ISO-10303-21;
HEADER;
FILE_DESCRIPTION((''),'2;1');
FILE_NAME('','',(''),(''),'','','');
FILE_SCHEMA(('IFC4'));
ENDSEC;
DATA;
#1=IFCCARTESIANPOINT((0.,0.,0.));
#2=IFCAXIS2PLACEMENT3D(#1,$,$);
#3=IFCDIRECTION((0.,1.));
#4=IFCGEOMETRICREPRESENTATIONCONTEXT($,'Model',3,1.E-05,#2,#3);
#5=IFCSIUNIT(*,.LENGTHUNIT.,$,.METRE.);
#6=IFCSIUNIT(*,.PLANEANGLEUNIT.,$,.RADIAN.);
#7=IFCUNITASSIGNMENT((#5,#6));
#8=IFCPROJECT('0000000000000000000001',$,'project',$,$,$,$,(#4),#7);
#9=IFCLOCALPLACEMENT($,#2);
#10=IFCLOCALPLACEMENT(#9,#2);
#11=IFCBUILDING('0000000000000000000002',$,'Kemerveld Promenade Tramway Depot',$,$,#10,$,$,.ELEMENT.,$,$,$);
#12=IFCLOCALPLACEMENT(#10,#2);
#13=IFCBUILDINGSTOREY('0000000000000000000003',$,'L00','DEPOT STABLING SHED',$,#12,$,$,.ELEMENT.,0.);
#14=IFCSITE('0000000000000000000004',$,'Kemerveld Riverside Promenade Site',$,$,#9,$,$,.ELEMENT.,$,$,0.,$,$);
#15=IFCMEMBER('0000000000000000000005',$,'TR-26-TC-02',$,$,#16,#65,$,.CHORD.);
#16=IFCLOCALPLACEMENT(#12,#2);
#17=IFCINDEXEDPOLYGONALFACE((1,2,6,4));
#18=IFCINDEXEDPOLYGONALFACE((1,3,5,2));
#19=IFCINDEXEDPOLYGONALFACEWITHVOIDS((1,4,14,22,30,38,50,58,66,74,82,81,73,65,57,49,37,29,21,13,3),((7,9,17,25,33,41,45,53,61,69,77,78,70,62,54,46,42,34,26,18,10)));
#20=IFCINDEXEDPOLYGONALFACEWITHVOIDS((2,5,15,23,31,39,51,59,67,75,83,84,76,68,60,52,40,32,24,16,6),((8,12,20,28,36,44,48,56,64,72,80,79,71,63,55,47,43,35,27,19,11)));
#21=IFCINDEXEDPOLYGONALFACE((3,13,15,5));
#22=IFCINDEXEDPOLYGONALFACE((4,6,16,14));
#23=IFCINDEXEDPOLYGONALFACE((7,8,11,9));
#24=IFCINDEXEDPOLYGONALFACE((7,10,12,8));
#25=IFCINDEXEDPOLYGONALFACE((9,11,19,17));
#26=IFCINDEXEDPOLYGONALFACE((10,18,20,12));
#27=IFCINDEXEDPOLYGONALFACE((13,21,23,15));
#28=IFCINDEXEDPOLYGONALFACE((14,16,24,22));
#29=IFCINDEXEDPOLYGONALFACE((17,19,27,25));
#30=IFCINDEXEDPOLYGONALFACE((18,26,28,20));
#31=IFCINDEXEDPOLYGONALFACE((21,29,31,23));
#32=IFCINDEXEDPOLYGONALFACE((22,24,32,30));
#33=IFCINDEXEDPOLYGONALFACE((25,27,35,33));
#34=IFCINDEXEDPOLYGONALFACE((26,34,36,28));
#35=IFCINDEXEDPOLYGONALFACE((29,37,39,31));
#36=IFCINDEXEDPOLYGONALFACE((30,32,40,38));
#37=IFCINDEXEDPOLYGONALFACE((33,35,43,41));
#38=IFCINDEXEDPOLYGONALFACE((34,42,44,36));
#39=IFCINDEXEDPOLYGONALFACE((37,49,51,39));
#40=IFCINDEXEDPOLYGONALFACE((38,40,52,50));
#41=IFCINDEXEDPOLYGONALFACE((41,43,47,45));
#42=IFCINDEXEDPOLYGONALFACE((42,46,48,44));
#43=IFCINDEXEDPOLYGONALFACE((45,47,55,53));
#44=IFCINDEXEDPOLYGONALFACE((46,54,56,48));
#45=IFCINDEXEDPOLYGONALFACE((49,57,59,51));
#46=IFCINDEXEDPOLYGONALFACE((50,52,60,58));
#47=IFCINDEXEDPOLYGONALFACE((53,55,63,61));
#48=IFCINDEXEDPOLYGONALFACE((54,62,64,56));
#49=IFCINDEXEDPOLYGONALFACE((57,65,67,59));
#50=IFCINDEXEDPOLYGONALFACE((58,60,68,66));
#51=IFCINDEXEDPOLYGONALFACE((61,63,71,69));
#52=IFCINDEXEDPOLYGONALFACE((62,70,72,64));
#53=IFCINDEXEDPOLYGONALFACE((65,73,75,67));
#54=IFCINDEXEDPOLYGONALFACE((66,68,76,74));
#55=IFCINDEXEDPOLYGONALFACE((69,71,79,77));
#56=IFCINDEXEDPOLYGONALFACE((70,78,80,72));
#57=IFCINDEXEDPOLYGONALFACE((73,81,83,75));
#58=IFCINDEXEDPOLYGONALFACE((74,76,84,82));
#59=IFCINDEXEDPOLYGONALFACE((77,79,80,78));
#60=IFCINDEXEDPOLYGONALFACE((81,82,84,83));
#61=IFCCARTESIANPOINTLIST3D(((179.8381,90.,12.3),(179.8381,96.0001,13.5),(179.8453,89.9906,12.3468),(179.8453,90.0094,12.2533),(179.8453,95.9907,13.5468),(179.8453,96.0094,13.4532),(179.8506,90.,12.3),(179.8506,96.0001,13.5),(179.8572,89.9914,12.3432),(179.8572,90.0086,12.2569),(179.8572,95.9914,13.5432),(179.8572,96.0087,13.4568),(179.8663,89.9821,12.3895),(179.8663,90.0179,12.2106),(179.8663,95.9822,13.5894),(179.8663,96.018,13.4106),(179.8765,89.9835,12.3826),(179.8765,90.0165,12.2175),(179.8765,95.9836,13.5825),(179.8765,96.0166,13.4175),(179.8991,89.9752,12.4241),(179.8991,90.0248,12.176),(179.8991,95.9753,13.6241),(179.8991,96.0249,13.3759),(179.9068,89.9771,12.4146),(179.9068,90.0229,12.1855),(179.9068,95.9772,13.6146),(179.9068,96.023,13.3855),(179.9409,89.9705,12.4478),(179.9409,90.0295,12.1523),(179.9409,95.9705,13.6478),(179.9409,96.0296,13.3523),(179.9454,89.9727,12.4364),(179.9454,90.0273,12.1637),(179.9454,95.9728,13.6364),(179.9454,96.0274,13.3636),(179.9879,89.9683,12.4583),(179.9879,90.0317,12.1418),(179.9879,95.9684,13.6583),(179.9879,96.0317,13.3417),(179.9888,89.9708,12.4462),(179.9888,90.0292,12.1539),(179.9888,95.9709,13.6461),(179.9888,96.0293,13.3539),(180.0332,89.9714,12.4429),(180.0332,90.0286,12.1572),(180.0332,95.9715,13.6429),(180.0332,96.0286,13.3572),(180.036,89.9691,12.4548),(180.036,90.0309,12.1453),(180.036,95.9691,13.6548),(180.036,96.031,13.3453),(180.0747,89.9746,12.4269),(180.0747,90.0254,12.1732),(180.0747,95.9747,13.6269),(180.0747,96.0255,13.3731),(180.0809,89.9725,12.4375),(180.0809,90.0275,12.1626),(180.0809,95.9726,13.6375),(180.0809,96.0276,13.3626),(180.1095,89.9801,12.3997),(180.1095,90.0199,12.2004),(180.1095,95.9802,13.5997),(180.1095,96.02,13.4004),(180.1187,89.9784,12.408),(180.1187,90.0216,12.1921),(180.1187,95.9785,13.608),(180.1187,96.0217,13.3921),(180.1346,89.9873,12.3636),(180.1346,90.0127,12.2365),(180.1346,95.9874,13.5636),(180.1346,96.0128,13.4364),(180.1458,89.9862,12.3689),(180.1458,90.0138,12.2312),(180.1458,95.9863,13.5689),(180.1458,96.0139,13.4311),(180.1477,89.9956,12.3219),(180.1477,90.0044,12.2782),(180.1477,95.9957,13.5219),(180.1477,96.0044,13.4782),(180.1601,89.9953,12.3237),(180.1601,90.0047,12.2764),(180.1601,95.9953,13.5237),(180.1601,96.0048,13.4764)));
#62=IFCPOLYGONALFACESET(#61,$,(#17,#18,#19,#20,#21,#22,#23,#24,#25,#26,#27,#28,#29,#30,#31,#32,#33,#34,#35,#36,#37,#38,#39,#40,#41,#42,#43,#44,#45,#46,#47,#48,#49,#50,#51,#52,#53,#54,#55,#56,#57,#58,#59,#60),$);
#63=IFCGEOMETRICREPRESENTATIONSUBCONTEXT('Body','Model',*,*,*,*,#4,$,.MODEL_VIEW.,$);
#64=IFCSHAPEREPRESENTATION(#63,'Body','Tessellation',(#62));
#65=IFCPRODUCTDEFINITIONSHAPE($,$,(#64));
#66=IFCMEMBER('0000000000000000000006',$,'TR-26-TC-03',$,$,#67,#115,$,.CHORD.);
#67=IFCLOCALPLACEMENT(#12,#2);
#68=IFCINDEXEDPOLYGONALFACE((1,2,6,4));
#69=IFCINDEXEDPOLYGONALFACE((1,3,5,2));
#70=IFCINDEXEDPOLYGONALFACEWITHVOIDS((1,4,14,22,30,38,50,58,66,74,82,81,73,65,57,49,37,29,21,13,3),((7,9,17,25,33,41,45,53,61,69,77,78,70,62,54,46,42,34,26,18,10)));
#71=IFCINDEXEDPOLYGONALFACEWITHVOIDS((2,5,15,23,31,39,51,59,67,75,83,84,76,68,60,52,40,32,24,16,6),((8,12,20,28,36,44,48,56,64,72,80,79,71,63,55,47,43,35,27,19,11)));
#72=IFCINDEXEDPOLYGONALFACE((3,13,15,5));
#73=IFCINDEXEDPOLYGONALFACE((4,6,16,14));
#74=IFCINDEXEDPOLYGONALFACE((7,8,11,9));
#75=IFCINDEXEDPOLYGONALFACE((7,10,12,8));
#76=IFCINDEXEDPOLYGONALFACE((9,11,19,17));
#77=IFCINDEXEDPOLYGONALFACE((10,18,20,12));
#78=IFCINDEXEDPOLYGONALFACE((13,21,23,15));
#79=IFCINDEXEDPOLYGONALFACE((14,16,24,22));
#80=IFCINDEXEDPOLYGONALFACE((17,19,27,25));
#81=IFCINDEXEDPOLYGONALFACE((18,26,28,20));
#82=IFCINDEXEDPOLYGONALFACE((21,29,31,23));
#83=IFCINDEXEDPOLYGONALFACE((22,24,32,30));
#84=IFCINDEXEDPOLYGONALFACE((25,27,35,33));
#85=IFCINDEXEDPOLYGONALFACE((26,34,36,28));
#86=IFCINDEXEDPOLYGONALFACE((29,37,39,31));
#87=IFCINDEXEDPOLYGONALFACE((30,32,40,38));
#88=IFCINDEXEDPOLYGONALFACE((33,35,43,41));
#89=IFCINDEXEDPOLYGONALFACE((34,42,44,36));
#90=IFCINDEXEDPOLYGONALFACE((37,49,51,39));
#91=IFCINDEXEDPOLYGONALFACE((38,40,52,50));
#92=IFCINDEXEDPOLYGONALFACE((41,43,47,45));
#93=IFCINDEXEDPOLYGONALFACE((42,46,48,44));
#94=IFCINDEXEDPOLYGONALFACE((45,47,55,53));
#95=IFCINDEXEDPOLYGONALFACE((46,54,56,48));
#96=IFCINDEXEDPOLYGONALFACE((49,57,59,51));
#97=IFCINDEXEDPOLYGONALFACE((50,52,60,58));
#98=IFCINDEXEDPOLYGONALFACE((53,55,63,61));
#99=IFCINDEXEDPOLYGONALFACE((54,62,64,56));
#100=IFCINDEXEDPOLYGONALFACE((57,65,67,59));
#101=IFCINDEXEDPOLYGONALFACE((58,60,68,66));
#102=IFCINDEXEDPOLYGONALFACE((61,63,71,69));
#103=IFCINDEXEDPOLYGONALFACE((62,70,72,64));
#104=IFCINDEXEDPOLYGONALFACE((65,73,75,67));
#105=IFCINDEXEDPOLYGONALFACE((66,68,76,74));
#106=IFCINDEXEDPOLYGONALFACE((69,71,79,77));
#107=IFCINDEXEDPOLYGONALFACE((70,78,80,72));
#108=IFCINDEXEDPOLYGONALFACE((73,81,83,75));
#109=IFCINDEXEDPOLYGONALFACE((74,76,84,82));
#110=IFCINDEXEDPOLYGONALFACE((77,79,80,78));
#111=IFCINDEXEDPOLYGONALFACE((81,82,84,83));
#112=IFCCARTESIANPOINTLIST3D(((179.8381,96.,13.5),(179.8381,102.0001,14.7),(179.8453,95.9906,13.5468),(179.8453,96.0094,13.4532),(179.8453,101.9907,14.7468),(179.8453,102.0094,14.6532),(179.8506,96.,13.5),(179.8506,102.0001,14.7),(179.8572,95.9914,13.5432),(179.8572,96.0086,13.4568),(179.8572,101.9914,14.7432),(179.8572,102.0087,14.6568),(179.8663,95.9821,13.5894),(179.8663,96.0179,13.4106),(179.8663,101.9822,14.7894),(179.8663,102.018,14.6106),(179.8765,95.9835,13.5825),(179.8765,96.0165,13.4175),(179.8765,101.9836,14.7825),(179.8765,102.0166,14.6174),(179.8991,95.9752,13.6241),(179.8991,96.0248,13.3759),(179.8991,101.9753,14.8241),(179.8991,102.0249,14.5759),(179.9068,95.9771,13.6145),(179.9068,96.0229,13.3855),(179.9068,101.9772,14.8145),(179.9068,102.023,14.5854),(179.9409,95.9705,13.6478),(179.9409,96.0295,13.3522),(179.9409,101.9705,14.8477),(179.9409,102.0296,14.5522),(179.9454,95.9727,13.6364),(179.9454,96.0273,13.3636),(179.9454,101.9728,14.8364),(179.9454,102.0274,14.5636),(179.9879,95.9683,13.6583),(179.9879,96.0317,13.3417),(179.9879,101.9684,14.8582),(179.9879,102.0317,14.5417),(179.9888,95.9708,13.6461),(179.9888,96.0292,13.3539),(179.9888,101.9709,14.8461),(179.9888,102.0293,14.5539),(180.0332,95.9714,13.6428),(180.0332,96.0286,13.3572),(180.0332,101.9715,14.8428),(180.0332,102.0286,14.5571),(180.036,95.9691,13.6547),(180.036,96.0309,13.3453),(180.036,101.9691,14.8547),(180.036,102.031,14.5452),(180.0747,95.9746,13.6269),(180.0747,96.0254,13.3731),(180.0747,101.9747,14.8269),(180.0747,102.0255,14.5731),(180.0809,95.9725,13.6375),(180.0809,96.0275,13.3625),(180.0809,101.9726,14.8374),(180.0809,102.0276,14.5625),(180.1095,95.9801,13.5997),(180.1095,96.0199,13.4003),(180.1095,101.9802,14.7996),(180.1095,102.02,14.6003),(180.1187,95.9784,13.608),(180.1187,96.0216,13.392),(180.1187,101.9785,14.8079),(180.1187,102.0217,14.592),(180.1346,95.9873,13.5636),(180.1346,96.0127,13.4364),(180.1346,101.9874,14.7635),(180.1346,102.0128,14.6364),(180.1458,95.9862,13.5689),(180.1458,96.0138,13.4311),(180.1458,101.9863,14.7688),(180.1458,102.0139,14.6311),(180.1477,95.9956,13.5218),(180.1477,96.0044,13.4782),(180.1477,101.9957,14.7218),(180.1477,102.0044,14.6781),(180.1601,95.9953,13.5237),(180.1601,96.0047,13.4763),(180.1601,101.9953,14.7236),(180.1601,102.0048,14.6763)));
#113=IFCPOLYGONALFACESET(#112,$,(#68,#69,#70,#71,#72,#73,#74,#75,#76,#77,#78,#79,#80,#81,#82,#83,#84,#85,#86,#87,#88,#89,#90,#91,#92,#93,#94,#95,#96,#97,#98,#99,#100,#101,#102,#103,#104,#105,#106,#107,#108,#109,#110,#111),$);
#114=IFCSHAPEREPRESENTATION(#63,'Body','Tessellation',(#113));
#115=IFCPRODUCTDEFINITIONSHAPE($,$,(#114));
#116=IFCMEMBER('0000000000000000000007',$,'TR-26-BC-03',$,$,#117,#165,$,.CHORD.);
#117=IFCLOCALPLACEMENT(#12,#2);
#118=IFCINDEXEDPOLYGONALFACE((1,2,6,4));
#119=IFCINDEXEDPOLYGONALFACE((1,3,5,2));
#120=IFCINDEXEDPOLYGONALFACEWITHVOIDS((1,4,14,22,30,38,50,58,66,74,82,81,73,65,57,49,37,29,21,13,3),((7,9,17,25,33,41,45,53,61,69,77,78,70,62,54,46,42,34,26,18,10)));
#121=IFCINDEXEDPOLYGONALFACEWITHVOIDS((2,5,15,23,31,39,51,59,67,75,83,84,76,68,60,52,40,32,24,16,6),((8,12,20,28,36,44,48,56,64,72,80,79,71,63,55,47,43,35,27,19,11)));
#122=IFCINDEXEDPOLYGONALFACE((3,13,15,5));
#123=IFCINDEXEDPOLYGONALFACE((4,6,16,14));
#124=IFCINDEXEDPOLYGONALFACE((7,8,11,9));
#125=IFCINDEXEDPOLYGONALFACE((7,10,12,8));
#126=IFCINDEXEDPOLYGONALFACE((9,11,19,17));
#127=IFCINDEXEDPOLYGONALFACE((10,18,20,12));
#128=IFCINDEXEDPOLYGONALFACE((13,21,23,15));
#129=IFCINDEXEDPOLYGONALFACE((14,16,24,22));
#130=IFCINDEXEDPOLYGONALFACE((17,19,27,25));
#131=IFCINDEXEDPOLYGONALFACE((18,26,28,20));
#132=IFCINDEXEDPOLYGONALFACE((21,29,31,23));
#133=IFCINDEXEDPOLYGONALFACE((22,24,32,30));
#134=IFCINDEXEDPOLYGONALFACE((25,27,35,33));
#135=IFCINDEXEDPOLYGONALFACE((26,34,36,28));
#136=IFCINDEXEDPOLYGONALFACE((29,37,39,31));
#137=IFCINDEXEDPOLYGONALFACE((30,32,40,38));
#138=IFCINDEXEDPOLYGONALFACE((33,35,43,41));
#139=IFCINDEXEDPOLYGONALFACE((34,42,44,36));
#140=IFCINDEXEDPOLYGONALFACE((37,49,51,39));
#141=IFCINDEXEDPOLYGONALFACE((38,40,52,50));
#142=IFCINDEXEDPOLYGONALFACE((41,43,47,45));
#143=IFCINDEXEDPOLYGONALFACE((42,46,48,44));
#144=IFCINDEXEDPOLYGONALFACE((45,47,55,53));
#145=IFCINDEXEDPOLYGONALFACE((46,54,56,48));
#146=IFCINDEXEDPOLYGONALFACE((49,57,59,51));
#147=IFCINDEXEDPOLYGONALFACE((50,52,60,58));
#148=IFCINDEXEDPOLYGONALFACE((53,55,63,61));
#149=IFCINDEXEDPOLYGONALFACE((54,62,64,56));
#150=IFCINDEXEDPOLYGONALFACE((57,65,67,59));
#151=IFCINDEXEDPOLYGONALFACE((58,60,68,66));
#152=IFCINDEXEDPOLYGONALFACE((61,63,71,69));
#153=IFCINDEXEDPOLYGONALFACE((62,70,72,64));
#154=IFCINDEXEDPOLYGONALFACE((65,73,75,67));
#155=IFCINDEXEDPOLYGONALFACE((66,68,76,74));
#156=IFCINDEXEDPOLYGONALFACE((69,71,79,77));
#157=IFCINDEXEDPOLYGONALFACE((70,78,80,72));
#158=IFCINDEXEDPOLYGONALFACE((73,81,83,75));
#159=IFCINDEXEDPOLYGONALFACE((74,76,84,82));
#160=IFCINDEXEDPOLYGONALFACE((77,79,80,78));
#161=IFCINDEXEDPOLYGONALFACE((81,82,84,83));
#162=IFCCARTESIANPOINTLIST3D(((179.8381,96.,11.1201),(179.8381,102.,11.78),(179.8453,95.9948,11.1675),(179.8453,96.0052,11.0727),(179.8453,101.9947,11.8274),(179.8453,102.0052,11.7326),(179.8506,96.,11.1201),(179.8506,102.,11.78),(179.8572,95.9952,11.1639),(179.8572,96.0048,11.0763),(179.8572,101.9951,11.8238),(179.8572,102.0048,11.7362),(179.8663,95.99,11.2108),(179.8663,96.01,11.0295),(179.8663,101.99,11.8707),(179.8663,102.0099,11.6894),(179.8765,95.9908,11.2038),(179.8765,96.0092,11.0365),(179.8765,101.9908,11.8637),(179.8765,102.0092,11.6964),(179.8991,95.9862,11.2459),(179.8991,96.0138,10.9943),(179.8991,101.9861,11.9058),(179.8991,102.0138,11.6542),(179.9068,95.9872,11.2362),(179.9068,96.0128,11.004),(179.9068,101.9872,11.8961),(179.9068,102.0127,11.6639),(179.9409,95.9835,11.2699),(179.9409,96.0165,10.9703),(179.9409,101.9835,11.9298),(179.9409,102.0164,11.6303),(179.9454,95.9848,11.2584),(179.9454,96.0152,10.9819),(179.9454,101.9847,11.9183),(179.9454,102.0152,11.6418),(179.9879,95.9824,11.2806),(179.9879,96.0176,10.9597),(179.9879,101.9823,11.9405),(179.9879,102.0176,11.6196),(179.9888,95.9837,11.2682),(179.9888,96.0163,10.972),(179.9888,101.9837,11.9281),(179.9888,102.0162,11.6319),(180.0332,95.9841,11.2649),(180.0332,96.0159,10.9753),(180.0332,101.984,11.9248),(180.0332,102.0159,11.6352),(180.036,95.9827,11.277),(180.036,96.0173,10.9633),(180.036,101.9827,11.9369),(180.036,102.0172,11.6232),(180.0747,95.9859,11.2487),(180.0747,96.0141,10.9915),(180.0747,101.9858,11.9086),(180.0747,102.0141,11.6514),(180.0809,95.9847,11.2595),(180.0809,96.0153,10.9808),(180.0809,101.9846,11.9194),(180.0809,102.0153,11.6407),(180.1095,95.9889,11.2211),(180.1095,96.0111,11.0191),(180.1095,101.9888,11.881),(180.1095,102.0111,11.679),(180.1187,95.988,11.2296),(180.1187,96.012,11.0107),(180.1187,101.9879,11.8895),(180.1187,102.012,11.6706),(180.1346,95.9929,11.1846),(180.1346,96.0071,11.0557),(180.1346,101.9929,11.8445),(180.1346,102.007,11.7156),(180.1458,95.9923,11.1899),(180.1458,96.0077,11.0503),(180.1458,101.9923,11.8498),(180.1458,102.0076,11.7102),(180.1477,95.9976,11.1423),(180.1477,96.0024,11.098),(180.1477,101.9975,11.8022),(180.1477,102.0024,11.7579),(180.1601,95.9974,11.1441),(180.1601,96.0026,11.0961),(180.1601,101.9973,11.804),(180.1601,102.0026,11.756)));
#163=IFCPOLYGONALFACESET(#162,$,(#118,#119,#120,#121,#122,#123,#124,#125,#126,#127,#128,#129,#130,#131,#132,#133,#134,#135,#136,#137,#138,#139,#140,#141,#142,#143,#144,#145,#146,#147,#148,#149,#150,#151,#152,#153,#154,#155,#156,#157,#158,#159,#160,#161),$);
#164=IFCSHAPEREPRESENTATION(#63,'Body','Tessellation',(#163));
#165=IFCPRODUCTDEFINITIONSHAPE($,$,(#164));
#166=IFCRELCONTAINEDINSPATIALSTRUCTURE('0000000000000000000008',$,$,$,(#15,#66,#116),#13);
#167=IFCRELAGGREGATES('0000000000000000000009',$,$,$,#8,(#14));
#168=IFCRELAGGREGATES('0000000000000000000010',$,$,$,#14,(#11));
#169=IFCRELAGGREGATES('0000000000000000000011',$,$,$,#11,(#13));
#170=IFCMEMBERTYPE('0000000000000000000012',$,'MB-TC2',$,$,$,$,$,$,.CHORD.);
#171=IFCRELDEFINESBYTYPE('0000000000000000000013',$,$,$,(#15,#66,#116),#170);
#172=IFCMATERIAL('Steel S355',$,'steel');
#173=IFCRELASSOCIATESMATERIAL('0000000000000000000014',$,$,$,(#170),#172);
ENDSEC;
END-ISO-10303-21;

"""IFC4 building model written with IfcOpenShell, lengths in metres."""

from ifc_helpers import new_model, si_unit, direction, frame, origin, origin_2d, place, context, subcontext, project, spatial, hollow_circle, extrude, material, material_profile, profile_set, type_object, element, save


model = new_model("IFC4")

# Units and contexts
model_context = context("Model", 3, precision=1e-05, world=origin(), true_north=direction((0.0, 1.0)))
body_context = subcontext(model_context, "Body", "Model", "MODEL_VIEW")
ifc_project = project(units=[si_unit("LENGTHUNIT", "METRE"), si_unit("PLANEANGLEUNIT", "RADIAN")], contexts=[model_context])

# Site, building, storey
site_placement = place(None, origin())
site = spatial("IfcSite", under=ifc_project, at=site_placement, Name="Kemerveld Riverside Promenade Site", CompositionType="ELEMENT", RefElevation=0.0)
building_placement = place(site_placement, origin())
building = spatial("IfcBuilding", under=site, at=building_placement, Name="Kemerveld Promenade Tramway Depot", CompositionType="ELEMENT")
storey_placement = place(building_placement, origin())
storey = spatial("IfcBuildingStorey", under=building, at=storey_placement, Name="L00", Description="DEPOT STABLING SHED", CompositionType="ELEMENT", Elevation=0.0)

# Shared definitions
ifc_material_1 = material(Name="Steel S355", Category="steel")

# Members
ifc_material_profile_1 = material_profile(ifc_material_1, hollow_circle(Radius=0.1619, WallThickness=0.0125, at=origin_2d()), Name="323.9x12.5 CHS")
ifc_profile_set_1 = profile_set([ifc_material_profile_1], Name="Steel S355")
member_type_1 = type_object("IfcMemberType", Name="MB-TC2", PredefinedType="CHORD", material=ifc_profile_set_1)
for number, where, z_axis, x_axis, name in (
    (1, (180.0, 90.0, 12.3), (0.0, 0.980582, 0.196108), (-1.0, 0.0, 0.0), "TR-26-TC-02"),
    (2, (180.0, 96.0, 13.5), (0.0, 0.980582, 0.196108), (-1.0, 0.0, 0.0), "TR-26-TC-03"),
):
    element("IfcMember", number, at=place(storey_placement, frame(where, z_axis=z_axis, x_axis=x_axis)), inside=storey, type_object=member_type_1, Name=name, PredefinedType="CHORD", context=body_context, shape_type="SweptSolid", body=[
        extrude(hollow_circle(Radius=0.1619, WallThickness=0.0125, at=origin_2d()), origin(), (0.0, 0.0, 1.0), 6.1189),
    ])
member_1_placement = place(storey_placement, frame((180.0, 96.0, 11.1201), z_axis=(0.0, 0.994006, 0.109326), x_axis=(-1.0, 0.0, 0.0)))
element("IfcMember", 3, at=member_1_placement, inside=storey, type_object=member_type_1, Name="TR-26-BC-03", PredefinedType="CHORD", context=body_context, shape_type="SweptSolid", body=[
    extrude(hollow_circle(Radius=0.1619, WallThickness=0.0125, at=origin_2d()), origin(), (0.0, 0.0, 1.0), 6.0361),
])

save(model, "model.ifc")
